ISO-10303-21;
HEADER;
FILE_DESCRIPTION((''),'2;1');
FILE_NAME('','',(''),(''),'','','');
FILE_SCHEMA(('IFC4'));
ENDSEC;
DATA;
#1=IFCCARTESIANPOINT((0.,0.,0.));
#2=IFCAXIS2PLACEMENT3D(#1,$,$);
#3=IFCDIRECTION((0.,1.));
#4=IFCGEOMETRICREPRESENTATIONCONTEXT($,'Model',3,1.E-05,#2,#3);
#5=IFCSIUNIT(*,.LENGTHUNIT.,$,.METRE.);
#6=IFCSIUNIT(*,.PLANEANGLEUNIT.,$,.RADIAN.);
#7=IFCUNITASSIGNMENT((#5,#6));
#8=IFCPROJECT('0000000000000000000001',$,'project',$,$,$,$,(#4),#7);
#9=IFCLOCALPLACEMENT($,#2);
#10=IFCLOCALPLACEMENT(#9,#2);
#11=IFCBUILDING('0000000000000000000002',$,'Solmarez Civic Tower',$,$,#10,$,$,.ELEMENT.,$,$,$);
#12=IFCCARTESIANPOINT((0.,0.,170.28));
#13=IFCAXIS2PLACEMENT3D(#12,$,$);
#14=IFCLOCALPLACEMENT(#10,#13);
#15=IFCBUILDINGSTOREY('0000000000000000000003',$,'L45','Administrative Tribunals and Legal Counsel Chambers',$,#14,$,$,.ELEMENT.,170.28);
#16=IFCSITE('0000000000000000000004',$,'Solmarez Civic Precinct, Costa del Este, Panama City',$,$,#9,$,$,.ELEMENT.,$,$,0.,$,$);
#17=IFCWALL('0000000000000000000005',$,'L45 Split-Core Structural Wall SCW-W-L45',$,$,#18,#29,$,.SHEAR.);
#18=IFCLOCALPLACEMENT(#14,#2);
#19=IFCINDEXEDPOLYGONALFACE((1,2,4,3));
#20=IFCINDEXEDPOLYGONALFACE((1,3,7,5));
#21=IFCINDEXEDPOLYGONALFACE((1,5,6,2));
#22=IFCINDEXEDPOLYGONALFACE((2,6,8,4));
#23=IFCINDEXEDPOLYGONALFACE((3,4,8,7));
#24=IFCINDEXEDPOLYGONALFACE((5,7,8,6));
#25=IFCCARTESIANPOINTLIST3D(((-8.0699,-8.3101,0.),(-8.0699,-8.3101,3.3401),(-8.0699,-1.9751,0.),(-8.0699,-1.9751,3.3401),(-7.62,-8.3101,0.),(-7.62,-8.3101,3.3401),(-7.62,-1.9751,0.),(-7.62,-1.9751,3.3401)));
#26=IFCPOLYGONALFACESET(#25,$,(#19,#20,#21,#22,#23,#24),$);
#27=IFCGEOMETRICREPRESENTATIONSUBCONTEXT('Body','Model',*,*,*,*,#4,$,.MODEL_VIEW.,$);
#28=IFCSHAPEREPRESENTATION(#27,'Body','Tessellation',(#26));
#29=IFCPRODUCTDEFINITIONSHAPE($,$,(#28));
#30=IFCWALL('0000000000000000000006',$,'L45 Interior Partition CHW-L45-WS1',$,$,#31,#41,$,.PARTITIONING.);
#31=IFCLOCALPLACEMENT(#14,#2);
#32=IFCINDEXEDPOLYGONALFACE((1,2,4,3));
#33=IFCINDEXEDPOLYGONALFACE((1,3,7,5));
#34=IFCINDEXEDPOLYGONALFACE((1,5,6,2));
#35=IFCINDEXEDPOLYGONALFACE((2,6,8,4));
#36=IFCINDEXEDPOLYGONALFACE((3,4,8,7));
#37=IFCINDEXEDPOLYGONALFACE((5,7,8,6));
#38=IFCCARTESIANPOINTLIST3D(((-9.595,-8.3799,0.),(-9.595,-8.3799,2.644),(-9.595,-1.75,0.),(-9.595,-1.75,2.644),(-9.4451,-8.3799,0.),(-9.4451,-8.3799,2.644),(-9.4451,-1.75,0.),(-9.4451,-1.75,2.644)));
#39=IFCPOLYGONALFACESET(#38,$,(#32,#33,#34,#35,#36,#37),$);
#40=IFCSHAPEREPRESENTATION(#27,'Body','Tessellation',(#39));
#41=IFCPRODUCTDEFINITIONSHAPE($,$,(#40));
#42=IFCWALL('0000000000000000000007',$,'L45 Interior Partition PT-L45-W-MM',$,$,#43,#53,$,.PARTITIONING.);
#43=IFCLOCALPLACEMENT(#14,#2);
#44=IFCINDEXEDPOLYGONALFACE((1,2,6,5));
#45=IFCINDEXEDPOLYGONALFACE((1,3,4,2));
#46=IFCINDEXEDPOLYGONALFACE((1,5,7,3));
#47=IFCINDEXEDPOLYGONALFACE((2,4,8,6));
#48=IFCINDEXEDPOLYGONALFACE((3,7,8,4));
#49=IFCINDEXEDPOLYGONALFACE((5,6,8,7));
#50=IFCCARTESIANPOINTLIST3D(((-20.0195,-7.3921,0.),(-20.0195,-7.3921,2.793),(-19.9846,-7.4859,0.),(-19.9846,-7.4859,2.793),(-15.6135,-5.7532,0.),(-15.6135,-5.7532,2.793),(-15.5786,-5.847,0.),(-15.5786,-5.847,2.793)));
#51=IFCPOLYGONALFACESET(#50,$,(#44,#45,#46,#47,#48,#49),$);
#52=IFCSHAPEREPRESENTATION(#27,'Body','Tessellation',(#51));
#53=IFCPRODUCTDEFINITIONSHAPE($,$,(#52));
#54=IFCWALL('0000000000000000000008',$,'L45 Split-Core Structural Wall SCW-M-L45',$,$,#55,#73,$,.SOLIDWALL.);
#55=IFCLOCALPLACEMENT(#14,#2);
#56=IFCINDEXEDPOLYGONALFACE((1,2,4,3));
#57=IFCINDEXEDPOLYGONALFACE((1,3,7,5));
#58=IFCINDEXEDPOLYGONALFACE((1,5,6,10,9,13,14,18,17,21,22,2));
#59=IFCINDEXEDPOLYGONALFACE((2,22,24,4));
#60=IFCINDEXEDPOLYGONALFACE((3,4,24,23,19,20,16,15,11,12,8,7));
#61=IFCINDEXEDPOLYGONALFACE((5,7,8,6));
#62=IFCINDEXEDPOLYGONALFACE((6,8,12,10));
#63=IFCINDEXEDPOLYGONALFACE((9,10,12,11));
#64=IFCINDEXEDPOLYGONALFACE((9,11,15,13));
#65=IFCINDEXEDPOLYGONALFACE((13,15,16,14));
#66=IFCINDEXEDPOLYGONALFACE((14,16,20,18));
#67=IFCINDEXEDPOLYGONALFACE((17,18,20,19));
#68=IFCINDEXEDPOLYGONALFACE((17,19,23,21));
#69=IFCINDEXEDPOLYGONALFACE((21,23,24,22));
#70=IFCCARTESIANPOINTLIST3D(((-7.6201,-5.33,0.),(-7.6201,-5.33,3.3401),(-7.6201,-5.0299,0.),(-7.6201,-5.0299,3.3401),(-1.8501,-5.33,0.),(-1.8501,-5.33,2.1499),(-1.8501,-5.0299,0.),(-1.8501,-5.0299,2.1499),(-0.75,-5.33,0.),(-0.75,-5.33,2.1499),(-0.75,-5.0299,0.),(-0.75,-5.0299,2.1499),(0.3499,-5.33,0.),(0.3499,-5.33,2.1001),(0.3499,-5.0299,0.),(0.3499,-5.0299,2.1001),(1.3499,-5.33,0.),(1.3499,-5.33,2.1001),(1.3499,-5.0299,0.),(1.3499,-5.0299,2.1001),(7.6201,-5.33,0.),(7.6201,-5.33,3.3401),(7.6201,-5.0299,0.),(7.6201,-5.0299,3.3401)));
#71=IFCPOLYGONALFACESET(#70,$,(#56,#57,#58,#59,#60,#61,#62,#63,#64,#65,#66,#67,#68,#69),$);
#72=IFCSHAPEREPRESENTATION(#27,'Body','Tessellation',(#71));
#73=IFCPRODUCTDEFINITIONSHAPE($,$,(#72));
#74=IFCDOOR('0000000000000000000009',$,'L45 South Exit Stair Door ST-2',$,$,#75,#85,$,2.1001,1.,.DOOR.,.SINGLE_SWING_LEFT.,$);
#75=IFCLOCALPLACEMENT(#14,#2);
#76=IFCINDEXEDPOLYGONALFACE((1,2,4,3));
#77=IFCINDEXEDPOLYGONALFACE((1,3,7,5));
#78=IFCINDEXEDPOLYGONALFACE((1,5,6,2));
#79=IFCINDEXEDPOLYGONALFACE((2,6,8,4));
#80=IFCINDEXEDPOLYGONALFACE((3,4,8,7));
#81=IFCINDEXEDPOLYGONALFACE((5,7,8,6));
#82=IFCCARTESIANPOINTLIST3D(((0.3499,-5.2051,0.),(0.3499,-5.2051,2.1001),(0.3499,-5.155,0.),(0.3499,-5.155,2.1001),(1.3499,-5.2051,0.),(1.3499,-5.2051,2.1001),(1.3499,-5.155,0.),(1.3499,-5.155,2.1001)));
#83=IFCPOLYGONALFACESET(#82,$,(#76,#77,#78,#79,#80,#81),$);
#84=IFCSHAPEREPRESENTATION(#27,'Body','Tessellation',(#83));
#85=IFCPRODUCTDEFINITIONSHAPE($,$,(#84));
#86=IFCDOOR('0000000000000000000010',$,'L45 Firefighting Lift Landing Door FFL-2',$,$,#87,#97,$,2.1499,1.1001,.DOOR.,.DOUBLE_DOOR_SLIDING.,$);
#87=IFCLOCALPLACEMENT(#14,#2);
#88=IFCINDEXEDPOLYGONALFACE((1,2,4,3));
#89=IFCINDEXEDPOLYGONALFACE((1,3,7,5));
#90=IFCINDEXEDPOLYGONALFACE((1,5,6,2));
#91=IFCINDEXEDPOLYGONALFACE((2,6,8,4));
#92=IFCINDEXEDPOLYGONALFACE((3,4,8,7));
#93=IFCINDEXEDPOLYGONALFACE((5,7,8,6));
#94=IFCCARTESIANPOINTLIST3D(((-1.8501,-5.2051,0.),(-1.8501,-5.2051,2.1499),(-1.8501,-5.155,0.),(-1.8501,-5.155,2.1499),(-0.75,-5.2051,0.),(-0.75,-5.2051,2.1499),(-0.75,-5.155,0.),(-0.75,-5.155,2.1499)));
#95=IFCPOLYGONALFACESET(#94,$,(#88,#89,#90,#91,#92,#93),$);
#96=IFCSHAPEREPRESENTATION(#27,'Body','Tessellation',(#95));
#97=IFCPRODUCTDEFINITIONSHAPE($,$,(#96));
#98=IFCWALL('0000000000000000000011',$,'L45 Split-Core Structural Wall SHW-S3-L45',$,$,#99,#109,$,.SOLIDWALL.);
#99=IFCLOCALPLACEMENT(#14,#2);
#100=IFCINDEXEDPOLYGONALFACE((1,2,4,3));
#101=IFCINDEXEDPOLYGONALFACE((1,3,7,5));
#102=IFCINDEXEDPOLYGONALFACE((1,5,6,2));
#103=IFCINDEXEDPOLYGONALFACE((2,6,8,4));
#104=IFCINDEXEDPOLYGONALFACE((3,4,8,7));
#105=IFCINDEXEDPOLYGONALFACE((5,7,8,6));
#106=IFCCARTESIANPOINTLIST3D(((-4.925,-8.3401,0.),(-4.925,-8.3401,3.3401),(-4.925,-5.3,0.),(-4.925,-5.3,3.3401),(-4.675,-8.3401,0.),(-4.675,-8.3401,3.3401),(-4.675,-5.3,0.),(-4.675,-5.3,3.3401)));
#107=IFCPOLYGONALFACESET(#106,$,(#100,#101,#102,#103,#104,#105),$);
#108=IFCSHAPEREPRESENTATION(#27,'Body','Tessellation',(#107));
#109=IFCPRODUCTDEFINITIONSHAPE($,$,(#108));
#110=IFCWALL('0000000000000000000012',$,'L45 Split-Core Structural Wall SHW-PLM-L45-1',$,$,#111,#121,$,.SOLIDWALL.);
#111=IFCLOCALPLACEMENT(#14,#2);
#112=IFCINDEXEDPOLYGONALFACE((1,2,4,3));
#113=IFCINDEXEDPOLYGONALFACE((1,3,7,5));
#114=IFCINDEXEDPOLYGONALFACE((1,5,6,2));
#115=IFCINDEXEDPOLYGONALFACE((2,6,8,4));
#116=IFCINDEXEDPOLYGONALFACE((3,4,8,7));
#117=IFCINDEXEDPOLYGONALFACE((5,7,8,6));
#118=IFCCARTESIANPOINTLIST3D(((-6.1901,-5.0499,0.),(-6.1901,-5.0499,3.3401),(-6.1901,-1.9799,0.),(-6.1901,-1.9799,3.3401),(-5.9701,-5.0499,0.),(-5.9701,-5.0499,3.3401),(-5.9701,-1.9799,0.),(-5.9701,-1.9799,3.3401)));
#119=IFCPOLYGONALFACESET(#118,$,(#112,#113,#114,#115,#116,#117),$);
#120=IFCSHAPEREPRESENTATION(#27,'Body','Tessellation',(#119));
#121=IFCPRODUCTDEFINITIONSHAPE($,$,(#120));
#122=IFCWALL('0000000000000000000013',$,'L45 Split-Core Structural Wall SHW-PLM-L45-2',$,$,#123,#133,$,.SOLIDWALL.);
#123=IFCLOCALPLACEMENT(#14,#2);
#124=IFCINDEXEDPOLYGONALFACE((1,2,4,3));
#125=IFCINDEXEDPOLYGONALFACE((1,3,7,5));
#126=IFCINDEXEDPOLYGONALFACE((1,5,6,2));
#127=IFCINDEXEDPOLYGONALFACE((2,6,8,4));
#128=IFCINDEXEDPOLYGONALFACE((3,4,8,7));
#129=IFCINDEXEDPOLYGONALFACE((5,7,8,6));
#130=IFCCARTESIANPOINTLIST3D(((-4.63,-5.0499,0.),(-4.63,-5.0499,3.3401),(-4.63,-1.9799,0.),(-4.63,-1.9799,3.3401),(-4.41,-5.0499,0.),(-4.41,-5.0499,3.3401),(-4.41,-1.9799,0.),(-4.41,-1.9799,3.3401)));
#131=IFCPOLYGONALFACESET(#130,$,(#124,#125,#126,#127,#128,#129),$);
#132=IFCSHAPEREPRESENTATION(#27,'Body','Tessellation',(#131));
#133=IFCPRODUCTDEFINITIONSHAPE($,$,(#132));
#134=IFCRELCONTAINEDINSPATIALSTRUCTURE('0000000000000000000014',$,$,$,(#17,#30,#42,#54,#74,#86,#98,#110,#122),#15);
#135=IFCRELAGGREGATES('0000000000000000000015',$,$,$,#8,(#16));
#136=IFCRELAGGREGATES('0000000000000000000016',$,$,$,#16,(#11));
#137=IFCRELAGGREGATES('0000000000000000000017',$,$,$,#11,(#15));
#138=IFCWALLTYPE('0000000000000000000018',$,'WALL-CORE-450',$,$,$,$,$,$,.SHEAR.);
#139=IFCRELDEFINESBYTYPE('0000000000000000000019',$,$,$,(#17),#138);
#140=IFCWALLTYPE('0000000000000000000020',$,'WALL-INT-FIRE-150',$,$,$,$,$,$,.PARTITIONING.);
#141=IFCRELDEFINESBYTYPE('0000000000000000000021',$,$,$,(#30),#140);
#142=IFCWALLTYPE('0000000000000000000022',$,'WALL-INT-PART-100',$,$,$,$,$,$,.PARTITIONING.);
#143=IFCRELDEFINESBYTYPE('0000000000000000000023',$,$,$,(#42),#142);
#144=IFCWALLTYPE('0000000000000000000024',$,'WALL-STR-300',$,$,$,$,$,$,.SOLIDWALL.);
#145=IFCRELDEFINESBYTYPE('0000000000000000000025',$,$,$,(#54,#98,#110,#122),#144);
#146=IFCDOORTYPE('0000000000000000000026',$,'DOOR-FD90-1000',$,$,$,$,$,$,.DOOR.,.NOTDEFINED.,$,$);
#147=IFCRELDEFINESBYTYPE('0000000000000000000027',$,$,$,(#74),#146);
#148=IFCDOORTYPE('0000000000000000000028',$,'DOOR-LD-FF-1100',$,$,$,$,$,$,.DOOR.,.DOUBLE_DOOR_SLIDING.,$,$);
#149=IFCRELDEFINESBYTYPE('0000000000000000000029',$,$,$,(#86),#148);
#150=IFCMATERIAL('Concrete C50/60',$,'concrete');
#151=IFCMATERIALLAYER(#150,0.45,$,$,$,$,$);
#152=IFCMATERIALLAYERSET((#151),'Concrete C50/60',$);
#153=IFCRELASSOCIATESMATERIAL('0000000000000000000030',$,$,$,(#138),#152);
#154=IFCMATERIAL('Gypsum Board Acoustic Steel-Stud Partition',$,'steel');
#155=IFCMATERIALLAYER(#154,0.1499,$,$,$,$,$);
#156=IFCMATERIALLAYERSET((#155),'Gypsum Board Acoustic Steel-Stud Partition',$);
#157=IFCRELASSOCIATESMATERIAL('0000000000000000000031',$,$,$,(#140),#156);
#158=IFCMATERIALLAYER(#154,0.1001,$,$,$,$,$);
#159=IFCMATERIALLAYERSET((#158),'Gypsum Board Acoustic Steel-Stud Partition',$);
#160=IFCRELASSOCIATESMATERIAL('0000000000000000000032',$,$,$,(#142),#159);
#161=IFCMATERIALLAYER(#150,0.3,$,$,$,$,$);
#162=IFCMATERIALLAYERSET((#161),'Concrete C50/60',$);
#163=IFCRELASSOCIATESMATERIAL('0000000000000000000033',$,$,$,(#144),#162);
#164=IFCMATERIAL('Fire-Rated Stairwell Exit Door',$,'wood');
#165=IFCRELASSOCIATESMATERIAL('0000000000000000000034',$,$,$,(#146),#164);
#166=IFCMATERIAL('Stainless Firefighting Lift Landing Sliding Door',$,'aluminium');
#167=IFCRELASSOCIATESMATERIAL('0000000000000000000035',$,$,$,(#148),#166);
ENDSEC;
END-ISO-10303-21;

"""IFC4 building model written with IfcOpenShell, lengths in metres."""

from ifc_helpers import new_model, si_unit, direction, frame, frame_2d, origin, place, context, subcontext, project, spatial, rectangle, extrude, material, layer, layer_set, type_object, element, fill, save


model = new_model("IFC4")

# Units and contexts
model_context = context("Model", 3, precision=1e-05, world=origin(), true_north=direction((0.0, 1.0)))
body_context = subcontext(model_context, "Body", "Model", "MODEL_VIEW")
ifc_project = project(units=[si_unit("LENGTHUNIT", "METRE"), si_unit("PLANEANGLEUNIT", "RADIAN")], contexts=[model_context])

# Site, building, storey
site_placement = place(None, origin())
site = spatial("IfcSite", under=ifc_project, at=site_placement, Name="Solmarez Civic Precinct, Costa del Este, Panama City", CompositionType="ELEMENT", RefElevation=0.0)
building_placement = place(site_placement, origin())
building = spatial("IfcBuilding", under=site, at=building_placement, Name="Solmarez Civic Tower", CompositionType="ELEMENT")
storey_placement = place(building_placement, frame((0.0, 0.0, 170.28)))
storey = spatial("IfcBuildingStorey", under=building, at=storey_placement, Name="L45", Description="Administrative Tribunals and Legal Counsel Chambers", CompositionType="ELEMENT", Elevation=170.28)

# Shared definitions
ifc_material_1 = material(Name="Concrete C50/60", Category="concrete")

# Walls
ifc_layer_1 = layer(ifc_material_1, 0.45)
ifc_layer_set_1 = layer_set([ifc_layer_1], Name="Concrete C50/60")
wall_type_1 = type_object("IfcWallType", Name="WALL-CORE-450", PredefinedType="SHEAR", material=ifc_layer_set_1)
wall_1_placement = place(storey_placement, frame((-7.845, -8.3101, 0.0), z_axis=(0.0, 0.0, 1.0), x_axis=(0.0, 1.0, 0.0)))
element("IfcWall", 1, at=wall_1_placement, inside=storey, type_object=wall_type_1, Name="L45 Split-Core Structural Wall SCW-W-L45", PredefinedType="SHEAR", context=body_context, shape_type="SweptSolid", body=[
    extrude(rectangle(XDim=6.335, YDim=0.45, at=frame_2d((3.1675, 0.0))), origin(), (0.0, 0.0, 1.0), 3.3401),
])
ifc_material_2 = material(Name="Gypsum Board Acoustic Steel-Stud Partition", Category="steel")
ifc_layer_2 = layer(ifc_material_2, 0.1499)
ifc_layer_set_2 = layer_set([ifc_layer_2], Name="Gypsum Board Acoustic Steel-Stud Partition")
wall_type_2 = type_object("IfcWallType", Name="WALL-INT-FIRE-150", PredefinedType="PARTITIONING", material=ifc_layer_set_2)
wall_2_placement = place(storey_placement, frame((-9.52, -8.3799, 0.0), z_axis=(0.0, 0.0, 1.0), x_axis=(0.0, 1.0, 0.0)))
element("IfcWall", 2, at=wall_2_placement, inside=storey, type_object=wall_type_2, Name="L45 Interior Partition CHW-L45-WS1", PredefinedType="PARTITIONING", context=body_context, shape_type="SweptSolid", body=[
    extrude(rectangle(XDim=6.6299, YDim=0.1499, at=frame_2d((3.3149, 0.0))), origin(), (0.0, 0.0, 1.0), 2.644),
])
ifc_layer_3 = layer(ifc_material_2, 0.1001)
ifc_layer_set_3 = layer_set([ifc_layer_3], Name="Gypsum Board Acoustic Steel-Stud Partition")
wall_type_3 = type_object("IfcWallType", Name="WALL-INT-PART-100", PredefinedType="PARTITIONING", material=ifc_layer_set_3)
wall_3_placement = place(storey_placement, frame((-15.5959, -5.8, 0.0), z_axis=(0.0, 0.0, 1.0), x_axis=(-0.937259, -0.348635, 0.0)))
element("IfcWall", 3, at=wall_3_placement, inside=storey, type_object=wall_type_3, Name="L45 Interior Partition PT-L45-W-MM", PredefinedType="PARTITIONING", context=body_context, shape_type="SweptSolid", body=[
    extrude(rectangle(XDim=4.7009, YDim=0.1001, at=frame_2d((2.3506, 0.0))), origin(), (0.0, 0.0, 1.0), 2.793),
])

# Wall, openings, doors
ifc_layer_4 = layer(ifc_material_1, 0.3)
ifc_layer_set_4 = layer_set([ifc_layer_4], Name="Concrete C50/60")
wall_type_4 = type_object("IfcWallType", Name="WALL-STR-300", PredefinedType="SOLIDWALL", material=ifc_layer_set_4)
wall_4_placement = place(storey_placement, frame((-7.6201, -5.1799, 0.0), z_axis=(0.0, 0.0, 1.0), x_axis=(1.0, 0.0, 0.0)))
wall_4 = element("IfcWall", 4, at=wall_4_placement, inside=storey, type_object=wall_type_4, Name="L45 Split-Core Structural Wall SCW-M-L45", PredefinedType="SOLIDWALL", context=body_context, shape_type="SweptSolid", body=[
    extrude(rectangle(XDim=15.2402, YDim=0.3, at=frame_2d((7.6201, 0.0))), origin(), (0.0, 0.0, 1.0), 3.3401),
])
opening_1_placement = place(wall_4_placement, frame((5.77, 0.0, 0.0)))
opening_1 = element("IfcOpeningElement", 5, at=opening_1_placement, cuts=wall_4, PredefinedType="OPENING", context=body_context, shape_type="SweptSolid", body=[
    extrude(rectangle(XDim=1.1001, YDim=2.1499, at=frame_2d((0.55, 1.075))), frame((0.0, 0.1599, 0.0), z_axis=(0.0, -1.0, 0.0), x_axis=(1.0, 0.0, 0.0)), (0.0, 0.0, 1.0), 0.3201),
])
opening_2_placement = place(wall_4_placement, frame((7.97, 0.0, 0.0)))
opening_2 = element("IfcOpeningElement", 6, at=opening_2_placement, cuts=wall_4, PredefinedType="OPENING", context=body_context, shape_type="SweptSolid", body=[
    extrude(rectangle(XDim=1.0, YDim=2.1001, at=frame_2d((0.5, 1.05))), frame((0.0, 0.1599, 0.0), z_axis=(0.0, -1.0, 0.0), x_axis=(1.0, 0.0, 0.0)), (0.0, 0.0, 1.0), 0.3201),
])
ifc_material_3 = material(Name="Fire-Rated Stairwell Exit Door", Category="wood")
door_type_1 = type_object("IfcDoorType", Name="DOOR-FD90-1000", OperationType="NOTDEFINED", PredefinedType="DOOR", material=ifc_material_3)
door_1_placement = place(opening_2_placement, origin())
door_1 = element("IfcDoor", 7, at=door_1_placement, inside=storey, type_object=door_type_1, Name="L45 South Exit Stair Door ST-2", OperationType="SINGLE_SWING_LEFT", OverallHeight=2.1001, OverallWidth=1.0, PredefinedType="DOOR", context=body_context, shape_type="SweptSolid", body=[
    extrude(rectangle(XDim=1.0, YDim=2.1001, at=frame_2d((0.5, 1.05))), frame((0.0, 0.0249, 0.0), z_axis=(0.0, -1.0, 0.0), x_axis=(1.0, 0.0, 0.0)), (0.0, 0.0, 1.0), 0.05),
])
fill(opening_2, door_1)
ifc_material_4 = material(Name="Stainless Firefighting Lift Landing Sliding Door", Category="aluminium")
door_type_2 = type_object("IfcDoorType", Name="DOOR-LD-FF-1100", OperationType="DOUBLE_DOOR_SLIDING", PredefinedType="DOOR", material=ifc_material_4)
door_2_placement = place(opening_1_placement, origin())
door_2 = element("IfcDoor", 8, at=door_2_placement, inside=storey, type_object=door_type_2, Name="L45 Firefighting Lift Landing Door FFL-2", OperationType="DOUBLE_DOOR_SLIDING", OverallHeight=2.1499, OverallWidth=1.1001, PredefinedType="DOOR", context=body_context, shape_type="SweptSolid", body=[
    extrude(rectangle(XDim=1.1001, YDim=2.1499, at=frame_2d((0.55, 1.075))), frame((0.0, 0.0249, 0.0), z_axis=(0.0, -1.0, 0.0), x_axis=(1.0, 0.0, 0.0)), (0.0, 0.0, 1.0), 0.05),
])
fill(opening_1, door_2)

# Walls
wall_5_placement = place(storey_placement, frame((-4.8, -8.3401, 0.0), z_axis=(0.0, 0.0, 1.0), x_axis=(0.0, 1.0, 0.0)))
element("IfcWall", 9, at=wall_5_placement, inside=storey, type_object=wall_type_4, Name="L45 Split-Core Structural Wall SHW-S3-L45", PredefinedType="SOLIDWALL", context=body_context, shape_type="SweptSolid", body=[
    extrude(rectangle(XDim=3.04, YDim=0.25, at=frame_2d((1.52, 0.0))), origin(), (0.0, 0.0, 1.0), 3.3401),
])
for number, where, z_axis, x_axis, name in (
    (10, (-6.0801, -5.05, 0.0), (0.0, 0.0, 1.0), (0.0, 1.0, 0.0), "L45 Split-Core Structural Wall SHW-PLM-L45-1"),
    (11, (-4.52, -5.05, 0.0), (0.0, 0.0, 1.0), (0.0, 1.0, 0.0), "L45 Split-Core Structural Wall SHW-PLM-L45-2"),
):
    element("IfcWall", number, at=place(storey_placement, frame(where, z_axis=z_axis, x_axis=x_axis)), inside=storey, type_object=wall_type_4, Name=name, PredefinedType="SOLIDWALL", context=body_context, shape_type="SweptSolid", body=[
        extrude(rectangle(XDim=3.0701, YDim=0.22, at=frame_2d((1.5352, 0.0))), origin(), (0.0, 0.0, 1.0), 3.3401),
    ])

save(model, "model.ifc")
